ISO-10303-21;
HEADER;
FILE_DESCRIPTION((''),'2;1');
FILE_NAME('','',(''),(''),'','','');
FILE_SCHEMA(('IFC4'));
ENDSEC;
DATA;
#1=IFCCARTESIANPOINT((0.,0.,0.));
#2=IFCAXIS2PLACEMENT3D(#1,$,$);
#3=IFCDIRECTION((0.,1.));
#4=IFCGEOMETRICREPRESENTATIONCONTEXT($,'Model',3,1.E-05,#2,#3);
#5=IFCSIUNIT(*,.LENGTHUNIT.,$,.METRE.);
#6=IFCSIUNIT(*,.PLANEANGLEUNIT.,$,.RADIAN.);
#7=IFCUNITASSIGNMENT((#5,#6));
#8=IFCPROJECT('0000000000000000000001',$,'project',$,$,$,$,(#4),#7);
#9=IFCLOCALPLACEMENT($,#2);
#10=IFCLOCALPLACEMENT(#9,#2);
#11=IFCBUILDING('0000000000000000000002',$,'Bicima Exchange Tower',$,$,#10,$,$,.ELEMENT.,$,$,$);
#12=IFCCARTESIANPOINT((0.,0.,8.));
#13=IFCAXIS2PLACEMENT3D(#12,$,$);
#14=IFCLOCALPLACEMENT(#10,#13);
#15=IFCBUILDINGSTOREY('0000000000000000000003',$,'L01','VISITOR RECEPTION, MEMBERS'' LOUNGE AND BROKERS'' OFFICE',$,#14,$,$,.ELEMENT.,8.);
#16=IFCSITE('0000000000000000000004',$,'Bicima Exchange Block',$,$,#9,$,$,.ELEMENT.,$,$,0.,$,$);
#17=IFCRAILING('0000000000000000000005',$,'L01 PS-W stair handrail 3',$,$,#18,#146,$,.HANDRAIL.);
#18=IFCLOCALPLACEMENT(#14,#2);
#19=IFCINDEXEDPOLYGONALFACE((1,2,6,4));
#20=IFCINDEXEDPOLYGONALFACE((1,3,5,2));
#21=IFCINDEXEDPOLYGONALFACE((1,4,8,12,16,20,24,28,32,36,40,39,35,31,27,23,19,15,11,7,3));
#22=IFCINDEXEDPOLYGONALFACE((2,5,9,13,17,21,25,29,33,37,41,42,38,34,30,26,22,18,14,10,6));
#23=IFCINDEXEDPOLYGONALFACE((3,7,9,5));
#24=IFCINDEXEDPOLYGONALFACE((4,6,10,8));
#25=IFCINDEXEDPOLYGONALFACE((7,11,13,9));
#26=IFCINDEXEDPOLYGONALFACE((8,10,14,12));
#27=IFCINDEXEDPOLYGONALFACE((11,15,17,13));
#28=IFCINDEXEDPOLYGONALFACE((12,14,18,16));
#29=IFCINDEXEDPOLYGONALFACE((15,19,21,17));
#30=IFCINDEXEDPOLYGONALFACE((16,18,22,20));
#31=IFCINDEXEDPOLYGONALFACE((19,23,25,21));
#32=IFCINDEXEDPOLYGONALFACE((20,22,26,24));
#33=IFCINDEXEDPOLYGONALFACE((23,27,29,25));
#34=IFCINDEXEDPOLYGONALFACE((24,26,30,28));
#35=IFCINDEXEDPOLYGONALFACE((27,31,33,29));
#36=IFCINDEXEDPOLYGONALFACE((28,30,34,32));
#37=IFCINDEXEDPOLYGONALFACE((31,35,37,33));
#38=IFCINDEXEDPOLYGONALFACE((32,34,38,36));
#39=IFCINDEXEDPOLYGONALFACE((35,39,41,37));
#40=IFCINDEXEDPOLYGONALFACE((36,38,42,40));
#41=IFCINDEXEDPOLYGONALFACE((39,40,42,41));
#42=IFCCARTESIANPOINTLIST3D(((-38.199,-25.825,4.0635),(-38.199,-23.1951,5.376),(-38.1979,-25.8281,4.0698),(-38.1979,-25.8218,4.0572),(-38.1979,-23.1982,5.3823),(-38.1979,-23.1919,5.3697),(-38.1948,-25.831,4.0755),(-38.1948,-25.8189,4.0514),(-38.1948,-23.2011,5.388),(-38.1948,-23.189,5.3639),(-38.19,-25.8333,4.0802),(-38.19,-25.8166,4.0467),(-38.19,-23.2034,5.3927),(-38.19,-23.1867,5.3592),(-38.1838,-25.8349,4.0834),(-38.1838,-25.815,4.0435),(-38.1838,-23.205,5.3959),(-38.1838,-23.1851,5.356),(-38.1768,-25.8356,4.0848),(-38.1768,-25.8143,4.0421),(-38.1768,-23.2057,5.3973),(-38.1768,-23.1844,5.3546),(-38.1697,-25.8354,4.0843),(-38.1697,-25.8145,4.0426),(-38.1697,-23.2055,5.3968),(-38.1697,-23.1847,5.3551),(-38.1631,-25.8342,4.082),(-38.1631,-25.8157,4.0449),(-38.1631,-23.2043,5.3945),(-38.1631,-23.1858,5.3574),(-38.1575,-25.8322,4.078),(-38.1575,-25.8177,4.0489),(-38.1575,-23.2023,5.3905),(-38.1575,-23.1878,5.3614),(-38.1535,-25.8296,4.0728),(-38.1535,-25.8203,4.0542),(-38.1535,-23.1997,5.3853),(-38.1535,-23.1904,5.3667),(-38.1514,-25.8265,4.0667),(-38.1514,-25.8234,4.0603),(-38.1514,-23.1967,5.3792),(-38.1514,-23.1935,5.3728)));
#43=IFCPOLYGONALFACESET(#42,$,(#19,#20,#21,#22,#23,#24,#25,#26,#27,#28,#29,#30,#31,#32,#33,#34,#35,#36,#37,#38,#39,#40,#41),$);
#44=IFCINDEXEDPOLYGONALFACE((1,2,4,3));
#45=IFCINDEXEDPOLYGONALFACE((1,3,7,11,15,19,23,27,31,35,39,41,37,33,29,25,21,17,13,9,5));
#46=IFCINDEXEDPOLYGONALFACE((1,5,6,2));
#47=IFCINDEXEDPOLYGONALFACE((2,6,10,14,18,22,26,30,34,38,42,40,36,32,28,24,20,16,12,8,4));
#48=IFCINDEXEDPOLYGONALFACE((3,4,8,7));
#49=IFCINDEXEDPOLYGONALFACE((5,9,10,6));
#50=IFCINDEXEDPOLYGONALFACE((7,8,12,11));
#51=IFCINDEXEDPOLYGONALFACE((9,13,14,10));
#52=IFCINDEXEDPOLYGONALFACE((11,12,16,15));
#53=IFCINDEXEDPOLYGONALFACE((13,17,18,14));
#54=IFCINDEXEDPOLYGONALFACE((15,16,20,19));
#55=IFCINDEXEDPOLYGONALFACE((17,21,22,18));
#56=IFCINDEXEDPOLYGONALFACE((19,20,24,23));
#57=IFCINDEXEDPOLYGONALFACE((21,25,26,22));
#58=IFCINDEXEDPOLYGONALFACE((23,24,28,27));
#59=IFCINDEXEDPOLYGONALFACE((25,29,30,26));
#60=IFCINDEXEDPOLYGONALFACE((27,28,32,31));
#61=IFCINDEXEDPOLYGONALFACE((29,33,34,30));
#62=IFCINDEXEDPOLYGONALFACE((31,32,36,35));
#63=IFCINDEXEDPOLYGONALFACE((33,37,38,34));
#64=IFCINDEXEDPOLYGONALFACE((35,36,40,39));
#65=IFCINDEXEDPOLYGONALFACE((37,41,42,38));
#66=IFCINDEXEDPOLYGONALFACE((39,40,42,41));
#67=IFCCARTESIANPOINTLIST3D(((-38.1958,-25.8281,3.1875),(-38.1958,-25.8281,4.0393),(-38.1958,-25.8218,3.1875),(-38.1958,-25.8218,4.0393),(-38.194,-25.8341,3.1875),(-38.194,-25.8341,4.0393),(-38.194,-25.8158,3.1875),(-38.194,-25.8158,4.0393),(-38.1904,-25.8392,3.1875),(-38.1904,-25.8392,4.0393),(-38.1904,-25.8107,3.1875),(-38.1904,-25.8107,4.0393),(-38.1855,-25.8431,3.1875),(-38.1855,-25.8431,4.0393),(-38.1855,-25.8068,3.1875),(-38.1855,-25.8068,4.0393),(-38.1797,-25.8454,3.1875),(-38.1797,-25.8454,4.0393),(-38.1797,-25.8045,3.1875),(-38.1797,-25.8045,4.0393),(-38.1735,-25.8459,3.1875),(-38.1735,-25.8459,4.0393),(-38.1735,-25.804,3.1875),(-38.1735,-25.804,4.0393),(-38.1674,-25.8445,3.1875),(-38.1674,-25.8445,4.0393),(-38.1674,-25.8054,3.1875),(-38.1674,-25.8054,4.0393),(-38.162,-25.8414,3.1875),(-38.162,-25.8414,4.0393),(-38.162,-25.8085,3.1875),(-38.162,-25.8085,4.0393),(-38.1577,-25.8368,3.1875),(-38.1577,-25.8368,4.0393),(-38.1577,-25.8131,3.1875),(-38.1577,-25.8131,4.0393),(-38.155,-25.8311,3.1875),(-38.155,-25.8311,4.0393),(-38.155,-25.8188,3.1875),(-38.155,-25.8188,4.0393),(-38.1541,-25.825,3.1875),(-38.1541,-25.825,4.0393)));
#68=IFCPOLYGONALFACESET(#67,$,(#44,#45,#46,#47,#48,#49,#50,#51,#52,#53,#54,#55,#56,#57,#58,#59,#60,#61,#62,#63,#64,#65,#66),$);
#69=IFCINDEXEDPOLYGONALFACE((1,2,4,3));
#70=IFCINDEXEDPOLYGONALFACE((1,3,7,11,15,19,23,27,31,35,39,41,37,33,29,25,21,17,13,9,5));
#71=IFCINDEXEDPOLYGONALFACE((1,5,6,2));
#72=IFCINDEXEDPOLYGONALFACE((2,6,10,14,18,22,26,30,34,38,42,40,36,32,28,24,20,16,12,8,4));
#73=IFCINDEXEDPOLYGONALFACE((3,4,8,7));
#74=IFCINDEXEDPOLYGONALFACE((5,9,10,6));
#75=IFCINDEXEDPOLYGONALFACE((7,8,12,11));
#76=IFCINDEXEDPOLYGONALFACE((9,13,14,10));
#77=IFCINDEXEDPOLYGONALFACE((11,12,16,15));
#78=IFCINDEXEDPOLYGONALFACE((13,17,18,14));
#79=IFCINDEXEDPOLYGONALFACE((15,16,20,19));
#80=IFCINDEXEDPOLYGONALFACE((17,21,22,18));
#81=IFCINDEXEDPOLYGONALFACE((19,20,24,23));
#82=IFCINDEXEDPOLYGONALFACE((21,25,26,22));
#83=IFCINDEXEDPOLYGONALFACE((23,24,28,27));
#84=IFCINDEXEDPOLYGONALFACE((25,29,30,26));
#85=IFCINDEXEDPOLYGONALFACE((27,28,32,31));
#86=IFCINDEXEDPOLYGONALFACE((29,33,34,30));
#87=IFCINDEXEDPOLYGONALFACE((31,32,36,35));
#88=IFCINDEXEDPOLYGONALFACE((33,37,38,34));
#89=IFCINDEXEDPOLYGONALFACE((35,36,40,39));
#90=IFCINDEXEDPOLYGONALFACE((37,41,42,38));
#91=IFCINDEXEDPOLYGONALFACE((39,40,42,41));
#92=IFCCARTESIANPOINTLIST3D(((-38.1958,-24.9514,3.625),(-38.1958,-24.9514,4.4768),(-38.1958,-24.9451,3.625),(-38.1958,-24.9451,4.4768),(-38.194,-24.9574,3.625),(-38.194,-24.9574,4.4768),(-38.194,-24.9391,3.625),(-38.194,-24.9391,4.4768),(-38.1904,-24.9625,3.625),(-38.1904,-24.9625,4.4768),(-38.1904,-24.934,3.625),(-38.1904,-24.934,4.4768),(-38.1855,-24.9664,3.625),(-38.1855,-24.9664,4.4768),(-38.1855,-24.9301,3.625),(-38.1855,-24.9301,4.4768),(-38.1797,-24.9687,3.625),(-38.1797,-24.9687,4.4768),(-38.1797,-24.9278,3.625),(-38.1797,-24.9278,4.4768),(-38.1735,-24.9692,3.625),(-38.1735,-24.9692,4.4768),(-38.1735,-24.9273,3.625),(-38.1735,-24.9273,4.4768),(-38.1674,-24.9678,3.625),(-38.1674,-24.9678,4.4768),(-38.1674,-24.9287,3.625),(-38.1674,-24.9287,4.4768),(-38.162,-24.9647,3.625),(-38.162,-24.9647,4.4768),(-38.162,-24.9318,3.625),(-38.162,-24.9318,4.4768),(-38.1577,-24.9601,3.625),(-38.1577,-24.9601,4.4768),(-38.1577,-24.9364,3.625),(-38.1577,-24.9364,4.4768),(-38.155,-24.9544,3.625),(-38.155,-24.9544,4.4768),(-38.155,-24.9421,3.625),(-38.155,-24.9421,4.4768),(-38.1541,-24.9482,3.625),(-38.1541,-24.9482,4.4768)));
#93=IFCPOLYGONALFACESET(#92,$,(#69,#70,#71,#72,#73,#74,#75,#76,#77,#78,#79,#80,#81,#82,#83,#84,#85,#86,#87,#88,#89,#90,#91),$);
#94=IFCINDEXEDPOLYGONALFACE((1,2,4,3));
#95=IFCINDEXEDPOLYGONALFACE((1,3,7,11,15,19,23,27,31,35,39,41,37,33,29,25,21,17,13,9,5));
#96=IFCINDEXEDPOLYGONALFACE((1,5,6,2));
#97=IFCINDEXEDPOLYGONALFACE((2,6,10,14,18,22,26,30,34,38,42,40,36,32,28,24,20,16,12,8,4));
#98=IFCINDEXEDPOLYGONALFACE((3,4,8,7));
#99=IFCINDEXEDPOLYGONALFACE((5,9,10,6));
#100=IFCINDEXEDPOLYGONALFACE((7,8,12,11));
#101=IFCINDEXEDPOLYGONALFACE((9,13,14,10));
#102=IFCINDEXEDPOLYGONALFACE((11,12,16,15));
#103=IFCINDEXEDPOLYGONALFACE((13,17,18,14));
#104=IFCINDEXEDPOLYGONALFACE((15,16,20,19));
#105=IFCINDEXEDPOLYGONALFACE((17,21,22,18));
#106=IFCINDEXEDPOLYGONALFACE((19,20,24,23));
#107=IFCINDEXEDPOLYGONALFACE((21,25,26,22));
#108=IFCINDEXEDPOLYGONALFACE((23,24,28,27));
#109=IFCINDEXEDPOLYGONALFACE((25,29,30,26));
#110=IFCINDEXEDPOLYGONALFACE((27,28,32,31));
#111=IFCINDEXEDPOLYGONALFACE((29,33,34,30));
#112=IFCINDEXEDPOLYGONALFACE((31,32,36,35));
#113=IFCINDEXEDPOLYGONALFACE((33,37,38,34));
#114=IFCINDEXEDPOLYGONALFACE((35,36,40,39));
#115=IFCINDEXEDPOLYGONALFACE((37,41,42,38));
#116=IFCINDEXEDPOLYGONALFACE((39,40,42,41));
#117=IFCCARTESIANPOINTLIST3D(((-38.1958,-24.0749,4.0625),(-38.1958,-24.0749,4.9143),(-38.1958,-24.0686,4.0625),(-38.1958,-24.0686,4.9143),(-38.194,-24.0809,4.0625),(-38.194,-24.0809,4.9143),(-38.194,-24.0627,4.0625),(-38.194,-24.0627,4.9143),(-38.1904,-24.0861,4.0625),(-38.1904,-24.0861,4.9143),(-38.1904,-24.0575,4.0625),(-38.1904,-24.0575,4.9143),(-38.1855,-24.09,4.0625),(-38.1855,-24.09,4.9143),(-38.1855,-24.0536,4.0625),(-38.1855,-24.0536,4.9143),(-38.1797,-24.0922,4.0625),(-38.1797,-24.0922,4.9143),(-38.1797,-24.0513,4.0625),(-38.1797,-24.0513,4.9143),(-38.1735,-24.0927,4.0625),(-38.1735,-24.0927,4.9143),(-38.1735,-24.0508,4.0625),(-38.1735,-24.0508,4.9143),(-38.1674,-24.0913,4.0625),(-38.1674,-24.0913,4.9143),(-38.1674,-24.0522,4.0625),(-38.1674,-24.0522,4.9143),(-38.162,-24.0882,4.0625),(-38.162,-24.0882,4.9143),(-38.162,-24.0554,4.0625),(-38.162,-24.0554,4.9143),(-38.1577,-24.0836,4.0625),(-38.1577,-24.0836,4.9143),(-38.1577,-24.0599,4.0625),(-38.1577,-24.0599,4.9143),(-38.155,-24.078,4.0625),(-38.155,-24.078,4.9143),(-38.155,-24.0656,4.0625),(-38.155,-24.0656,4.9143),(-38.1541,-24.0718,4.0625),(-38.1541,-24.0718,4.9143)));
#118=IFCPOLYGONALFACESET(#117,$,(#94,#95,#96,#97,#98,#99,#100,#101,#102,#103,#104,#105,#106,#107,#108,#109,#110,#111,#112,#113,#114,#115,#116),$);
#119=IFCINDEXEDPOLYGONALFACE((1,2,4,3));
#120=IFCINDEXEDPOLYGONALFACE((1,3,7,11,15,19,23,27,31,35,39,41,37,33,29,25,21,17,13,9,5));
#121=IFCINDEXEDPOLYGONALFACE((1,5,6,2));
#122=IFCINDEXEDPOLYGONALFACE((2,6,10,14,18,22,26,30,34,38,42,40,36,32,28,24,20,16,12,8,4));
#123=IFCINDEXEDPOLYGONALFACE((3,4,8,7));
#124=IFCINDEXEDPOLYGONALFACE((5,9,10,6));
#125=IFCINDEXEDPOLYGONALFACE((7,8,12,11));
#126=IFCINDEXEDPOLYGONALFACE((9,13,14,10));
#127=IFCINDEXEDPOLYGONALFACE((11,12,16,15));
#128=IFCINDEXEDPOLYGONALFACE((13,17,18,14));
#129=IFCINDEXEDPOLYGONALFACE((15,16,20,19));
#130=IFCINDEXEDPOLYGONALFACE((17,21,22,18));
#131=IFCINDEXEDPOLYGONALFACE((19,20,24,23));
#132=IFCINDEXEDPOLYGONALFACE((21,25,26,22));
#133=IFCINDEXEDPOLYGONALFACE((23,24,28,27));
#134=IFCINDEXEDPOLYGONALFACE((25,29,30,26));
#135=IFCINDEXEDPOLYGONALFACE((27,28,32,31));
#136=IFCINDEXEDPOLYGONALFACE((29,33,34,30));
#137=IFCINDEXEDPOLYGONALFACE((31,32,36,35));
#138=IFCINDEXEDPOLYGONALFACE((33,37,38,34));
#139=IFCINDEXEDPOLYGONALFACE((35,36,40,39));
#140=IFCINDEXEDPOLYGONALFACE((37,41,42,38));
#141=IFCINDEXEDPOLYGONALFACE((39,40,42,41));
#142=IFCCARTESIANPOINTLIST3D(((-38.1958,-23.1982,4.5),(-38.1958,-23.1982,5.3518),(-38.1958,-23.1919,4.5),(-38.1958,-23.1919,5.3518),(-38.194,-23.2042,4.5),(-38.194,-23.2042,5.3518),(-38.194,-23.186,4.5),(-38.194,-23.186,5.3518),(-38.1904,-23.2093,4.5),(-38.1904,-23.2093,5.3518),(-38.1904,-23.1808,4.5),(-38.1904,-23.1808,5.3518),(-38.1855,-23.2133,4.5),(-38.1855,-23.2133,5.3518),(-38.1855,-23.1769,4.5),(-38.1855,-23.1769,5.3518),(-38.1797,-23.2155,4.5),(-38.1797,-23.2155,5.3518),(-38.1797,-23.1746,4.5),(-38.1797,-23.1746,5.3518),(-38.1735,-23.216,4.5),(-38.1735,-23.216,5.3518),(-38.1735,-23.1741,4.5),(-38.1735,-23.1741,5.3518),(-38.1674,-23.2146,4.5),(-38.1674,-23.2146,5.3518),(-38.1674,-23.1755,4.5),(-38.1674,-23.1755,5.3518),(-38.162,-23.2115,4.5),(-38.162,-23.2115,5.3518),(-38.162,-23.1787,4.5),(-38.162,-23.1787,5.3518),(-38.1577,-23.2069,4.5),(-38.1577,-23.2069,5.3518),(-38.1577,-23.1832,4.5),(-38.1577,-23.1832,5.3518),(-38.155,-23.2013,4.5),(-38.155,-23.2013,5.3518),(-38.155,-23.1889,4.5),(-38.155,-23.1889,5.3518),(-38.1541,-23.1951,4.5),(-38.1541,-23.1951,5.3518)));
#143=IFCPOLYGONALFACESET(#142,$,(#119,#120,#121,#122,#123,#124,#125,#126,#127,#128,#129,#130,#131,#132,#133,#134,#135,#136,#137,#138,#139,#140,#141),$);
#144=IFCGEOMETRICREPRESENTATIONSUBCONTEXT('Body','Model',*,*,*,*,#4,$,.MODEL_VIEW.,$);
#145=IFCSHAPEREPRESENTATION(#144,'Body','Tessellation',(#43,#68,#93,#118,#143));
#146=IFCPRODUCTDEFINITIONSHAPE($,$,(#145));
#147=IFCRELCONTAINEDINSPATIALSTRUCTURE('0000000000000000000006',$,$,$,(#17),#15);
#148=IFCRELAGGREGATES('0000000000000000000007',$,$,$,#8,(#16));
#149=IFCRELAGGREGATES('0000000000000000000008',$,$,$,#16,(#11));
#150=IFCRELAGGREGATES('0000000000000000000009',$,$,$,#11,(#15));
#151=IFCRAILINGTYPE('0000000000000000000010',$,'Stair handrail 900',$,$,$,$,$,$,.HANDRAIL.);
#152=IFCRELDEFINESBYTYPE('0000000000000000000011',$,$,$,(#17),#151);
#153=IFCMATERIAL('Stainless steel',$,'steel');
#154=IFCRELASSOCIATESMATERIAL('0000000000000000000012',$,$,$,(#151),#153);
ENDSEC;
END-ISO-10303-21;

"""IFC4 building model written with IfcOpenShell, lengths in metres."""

from ifc_helpers import new_model, si_unit, direction, frame, origin, origin_2d, place, context, subcontext, project, spatial, circle, extrude, material, type_object, element, save


model = new_model("IFC4")

# Units and contexts
model_context = context("Model", 3, precision=1e-05, world=origin(), true_north=direction((0.0, 1.0)))
body_context = subcontext(model_context, "Body", "Model", "MODEL_VIEW")
ifc_project = project(units=[si_unit("LENGTHUNIT", "METRE"), si_unit("PLANEANGLEUNIT", "RADIAN")], contexts=[model_context])

# Site, building, storey
site_placement = place(None, origin())
site = spatial("IfcSite", under=ifc_project, at=site_placement, Name="Bicima Exchange Block", CompositionType="ELEMENT", RefElevation=0.0)
building_placement = place(site_placement, origin())
building = spatial("IfcBuilding", under=site, at=building_placement, Name="Bicima Exchange Tower", CompositionType="ELEMENT")
storey_placement = place(building_placement, frame((0.0, 0.0, 8.0)))
storey = spatial("IfcBuildingStorey", under=building, at=storey_placement, Name="L01", Description="VISITOR RECEPTION, MEMBERS' LOUNGE AND BROKERS' OFFICE", CompositionType="ELEMENT", Elevation=8.0)

# Railing
ifc_material_1 = material(Name="Stainless steel", Category="steel")
railing_type_1 = type_object("IfcRailingType", Name="Stair handrail 900", PredefinedType="HANDRAIL", material=ifc_material_1)
railing_1_placement = place(storey_placement, frame((-38.175, -25.825, 3.1875)))
element("IfcRailing", 1, at=railing_1_placement, inside=storey, type_object=railing_type_1, Name="L01 PS-W stair handrail 3", PredefinedType="HANDRAIL", context=body_context, shape_type="SweptSolid", body=[
    extrude(circle(Radius=0.0239, at=origin_2d()), frame((0.0, 0.0, 0.876), z_axis=(0.0, 0.894759, 0.446549), x_axis=(-1.0, 0.0, 0.0)), (0.0, 0.0, 1.0), 2.9392),
    extrude(circle(Radius=0.021, at=origin_2d()), origin(), (0.0, 0.0, 1.0), 0.8518),
    extrude(circle(Radius=0.021, at=origin_2d()), frame((0.0, 0.8767, 0.4375)), (0.0, 0.0, 1.0), 0.8518),
    extrude(circle(Radius=0.021, at=origin_2d()), frame((0.0, 1.7532, 0.875)), (0.0, 0.0, 1.0), 0.8518),
    extrude(circle(Radius=0.021, at=origin_2d()), frame((0.0, 2.6299, 1.3125)), (0.0, 0.0, 1.0), 0.8518),
])

save(model, "model.ifc")
